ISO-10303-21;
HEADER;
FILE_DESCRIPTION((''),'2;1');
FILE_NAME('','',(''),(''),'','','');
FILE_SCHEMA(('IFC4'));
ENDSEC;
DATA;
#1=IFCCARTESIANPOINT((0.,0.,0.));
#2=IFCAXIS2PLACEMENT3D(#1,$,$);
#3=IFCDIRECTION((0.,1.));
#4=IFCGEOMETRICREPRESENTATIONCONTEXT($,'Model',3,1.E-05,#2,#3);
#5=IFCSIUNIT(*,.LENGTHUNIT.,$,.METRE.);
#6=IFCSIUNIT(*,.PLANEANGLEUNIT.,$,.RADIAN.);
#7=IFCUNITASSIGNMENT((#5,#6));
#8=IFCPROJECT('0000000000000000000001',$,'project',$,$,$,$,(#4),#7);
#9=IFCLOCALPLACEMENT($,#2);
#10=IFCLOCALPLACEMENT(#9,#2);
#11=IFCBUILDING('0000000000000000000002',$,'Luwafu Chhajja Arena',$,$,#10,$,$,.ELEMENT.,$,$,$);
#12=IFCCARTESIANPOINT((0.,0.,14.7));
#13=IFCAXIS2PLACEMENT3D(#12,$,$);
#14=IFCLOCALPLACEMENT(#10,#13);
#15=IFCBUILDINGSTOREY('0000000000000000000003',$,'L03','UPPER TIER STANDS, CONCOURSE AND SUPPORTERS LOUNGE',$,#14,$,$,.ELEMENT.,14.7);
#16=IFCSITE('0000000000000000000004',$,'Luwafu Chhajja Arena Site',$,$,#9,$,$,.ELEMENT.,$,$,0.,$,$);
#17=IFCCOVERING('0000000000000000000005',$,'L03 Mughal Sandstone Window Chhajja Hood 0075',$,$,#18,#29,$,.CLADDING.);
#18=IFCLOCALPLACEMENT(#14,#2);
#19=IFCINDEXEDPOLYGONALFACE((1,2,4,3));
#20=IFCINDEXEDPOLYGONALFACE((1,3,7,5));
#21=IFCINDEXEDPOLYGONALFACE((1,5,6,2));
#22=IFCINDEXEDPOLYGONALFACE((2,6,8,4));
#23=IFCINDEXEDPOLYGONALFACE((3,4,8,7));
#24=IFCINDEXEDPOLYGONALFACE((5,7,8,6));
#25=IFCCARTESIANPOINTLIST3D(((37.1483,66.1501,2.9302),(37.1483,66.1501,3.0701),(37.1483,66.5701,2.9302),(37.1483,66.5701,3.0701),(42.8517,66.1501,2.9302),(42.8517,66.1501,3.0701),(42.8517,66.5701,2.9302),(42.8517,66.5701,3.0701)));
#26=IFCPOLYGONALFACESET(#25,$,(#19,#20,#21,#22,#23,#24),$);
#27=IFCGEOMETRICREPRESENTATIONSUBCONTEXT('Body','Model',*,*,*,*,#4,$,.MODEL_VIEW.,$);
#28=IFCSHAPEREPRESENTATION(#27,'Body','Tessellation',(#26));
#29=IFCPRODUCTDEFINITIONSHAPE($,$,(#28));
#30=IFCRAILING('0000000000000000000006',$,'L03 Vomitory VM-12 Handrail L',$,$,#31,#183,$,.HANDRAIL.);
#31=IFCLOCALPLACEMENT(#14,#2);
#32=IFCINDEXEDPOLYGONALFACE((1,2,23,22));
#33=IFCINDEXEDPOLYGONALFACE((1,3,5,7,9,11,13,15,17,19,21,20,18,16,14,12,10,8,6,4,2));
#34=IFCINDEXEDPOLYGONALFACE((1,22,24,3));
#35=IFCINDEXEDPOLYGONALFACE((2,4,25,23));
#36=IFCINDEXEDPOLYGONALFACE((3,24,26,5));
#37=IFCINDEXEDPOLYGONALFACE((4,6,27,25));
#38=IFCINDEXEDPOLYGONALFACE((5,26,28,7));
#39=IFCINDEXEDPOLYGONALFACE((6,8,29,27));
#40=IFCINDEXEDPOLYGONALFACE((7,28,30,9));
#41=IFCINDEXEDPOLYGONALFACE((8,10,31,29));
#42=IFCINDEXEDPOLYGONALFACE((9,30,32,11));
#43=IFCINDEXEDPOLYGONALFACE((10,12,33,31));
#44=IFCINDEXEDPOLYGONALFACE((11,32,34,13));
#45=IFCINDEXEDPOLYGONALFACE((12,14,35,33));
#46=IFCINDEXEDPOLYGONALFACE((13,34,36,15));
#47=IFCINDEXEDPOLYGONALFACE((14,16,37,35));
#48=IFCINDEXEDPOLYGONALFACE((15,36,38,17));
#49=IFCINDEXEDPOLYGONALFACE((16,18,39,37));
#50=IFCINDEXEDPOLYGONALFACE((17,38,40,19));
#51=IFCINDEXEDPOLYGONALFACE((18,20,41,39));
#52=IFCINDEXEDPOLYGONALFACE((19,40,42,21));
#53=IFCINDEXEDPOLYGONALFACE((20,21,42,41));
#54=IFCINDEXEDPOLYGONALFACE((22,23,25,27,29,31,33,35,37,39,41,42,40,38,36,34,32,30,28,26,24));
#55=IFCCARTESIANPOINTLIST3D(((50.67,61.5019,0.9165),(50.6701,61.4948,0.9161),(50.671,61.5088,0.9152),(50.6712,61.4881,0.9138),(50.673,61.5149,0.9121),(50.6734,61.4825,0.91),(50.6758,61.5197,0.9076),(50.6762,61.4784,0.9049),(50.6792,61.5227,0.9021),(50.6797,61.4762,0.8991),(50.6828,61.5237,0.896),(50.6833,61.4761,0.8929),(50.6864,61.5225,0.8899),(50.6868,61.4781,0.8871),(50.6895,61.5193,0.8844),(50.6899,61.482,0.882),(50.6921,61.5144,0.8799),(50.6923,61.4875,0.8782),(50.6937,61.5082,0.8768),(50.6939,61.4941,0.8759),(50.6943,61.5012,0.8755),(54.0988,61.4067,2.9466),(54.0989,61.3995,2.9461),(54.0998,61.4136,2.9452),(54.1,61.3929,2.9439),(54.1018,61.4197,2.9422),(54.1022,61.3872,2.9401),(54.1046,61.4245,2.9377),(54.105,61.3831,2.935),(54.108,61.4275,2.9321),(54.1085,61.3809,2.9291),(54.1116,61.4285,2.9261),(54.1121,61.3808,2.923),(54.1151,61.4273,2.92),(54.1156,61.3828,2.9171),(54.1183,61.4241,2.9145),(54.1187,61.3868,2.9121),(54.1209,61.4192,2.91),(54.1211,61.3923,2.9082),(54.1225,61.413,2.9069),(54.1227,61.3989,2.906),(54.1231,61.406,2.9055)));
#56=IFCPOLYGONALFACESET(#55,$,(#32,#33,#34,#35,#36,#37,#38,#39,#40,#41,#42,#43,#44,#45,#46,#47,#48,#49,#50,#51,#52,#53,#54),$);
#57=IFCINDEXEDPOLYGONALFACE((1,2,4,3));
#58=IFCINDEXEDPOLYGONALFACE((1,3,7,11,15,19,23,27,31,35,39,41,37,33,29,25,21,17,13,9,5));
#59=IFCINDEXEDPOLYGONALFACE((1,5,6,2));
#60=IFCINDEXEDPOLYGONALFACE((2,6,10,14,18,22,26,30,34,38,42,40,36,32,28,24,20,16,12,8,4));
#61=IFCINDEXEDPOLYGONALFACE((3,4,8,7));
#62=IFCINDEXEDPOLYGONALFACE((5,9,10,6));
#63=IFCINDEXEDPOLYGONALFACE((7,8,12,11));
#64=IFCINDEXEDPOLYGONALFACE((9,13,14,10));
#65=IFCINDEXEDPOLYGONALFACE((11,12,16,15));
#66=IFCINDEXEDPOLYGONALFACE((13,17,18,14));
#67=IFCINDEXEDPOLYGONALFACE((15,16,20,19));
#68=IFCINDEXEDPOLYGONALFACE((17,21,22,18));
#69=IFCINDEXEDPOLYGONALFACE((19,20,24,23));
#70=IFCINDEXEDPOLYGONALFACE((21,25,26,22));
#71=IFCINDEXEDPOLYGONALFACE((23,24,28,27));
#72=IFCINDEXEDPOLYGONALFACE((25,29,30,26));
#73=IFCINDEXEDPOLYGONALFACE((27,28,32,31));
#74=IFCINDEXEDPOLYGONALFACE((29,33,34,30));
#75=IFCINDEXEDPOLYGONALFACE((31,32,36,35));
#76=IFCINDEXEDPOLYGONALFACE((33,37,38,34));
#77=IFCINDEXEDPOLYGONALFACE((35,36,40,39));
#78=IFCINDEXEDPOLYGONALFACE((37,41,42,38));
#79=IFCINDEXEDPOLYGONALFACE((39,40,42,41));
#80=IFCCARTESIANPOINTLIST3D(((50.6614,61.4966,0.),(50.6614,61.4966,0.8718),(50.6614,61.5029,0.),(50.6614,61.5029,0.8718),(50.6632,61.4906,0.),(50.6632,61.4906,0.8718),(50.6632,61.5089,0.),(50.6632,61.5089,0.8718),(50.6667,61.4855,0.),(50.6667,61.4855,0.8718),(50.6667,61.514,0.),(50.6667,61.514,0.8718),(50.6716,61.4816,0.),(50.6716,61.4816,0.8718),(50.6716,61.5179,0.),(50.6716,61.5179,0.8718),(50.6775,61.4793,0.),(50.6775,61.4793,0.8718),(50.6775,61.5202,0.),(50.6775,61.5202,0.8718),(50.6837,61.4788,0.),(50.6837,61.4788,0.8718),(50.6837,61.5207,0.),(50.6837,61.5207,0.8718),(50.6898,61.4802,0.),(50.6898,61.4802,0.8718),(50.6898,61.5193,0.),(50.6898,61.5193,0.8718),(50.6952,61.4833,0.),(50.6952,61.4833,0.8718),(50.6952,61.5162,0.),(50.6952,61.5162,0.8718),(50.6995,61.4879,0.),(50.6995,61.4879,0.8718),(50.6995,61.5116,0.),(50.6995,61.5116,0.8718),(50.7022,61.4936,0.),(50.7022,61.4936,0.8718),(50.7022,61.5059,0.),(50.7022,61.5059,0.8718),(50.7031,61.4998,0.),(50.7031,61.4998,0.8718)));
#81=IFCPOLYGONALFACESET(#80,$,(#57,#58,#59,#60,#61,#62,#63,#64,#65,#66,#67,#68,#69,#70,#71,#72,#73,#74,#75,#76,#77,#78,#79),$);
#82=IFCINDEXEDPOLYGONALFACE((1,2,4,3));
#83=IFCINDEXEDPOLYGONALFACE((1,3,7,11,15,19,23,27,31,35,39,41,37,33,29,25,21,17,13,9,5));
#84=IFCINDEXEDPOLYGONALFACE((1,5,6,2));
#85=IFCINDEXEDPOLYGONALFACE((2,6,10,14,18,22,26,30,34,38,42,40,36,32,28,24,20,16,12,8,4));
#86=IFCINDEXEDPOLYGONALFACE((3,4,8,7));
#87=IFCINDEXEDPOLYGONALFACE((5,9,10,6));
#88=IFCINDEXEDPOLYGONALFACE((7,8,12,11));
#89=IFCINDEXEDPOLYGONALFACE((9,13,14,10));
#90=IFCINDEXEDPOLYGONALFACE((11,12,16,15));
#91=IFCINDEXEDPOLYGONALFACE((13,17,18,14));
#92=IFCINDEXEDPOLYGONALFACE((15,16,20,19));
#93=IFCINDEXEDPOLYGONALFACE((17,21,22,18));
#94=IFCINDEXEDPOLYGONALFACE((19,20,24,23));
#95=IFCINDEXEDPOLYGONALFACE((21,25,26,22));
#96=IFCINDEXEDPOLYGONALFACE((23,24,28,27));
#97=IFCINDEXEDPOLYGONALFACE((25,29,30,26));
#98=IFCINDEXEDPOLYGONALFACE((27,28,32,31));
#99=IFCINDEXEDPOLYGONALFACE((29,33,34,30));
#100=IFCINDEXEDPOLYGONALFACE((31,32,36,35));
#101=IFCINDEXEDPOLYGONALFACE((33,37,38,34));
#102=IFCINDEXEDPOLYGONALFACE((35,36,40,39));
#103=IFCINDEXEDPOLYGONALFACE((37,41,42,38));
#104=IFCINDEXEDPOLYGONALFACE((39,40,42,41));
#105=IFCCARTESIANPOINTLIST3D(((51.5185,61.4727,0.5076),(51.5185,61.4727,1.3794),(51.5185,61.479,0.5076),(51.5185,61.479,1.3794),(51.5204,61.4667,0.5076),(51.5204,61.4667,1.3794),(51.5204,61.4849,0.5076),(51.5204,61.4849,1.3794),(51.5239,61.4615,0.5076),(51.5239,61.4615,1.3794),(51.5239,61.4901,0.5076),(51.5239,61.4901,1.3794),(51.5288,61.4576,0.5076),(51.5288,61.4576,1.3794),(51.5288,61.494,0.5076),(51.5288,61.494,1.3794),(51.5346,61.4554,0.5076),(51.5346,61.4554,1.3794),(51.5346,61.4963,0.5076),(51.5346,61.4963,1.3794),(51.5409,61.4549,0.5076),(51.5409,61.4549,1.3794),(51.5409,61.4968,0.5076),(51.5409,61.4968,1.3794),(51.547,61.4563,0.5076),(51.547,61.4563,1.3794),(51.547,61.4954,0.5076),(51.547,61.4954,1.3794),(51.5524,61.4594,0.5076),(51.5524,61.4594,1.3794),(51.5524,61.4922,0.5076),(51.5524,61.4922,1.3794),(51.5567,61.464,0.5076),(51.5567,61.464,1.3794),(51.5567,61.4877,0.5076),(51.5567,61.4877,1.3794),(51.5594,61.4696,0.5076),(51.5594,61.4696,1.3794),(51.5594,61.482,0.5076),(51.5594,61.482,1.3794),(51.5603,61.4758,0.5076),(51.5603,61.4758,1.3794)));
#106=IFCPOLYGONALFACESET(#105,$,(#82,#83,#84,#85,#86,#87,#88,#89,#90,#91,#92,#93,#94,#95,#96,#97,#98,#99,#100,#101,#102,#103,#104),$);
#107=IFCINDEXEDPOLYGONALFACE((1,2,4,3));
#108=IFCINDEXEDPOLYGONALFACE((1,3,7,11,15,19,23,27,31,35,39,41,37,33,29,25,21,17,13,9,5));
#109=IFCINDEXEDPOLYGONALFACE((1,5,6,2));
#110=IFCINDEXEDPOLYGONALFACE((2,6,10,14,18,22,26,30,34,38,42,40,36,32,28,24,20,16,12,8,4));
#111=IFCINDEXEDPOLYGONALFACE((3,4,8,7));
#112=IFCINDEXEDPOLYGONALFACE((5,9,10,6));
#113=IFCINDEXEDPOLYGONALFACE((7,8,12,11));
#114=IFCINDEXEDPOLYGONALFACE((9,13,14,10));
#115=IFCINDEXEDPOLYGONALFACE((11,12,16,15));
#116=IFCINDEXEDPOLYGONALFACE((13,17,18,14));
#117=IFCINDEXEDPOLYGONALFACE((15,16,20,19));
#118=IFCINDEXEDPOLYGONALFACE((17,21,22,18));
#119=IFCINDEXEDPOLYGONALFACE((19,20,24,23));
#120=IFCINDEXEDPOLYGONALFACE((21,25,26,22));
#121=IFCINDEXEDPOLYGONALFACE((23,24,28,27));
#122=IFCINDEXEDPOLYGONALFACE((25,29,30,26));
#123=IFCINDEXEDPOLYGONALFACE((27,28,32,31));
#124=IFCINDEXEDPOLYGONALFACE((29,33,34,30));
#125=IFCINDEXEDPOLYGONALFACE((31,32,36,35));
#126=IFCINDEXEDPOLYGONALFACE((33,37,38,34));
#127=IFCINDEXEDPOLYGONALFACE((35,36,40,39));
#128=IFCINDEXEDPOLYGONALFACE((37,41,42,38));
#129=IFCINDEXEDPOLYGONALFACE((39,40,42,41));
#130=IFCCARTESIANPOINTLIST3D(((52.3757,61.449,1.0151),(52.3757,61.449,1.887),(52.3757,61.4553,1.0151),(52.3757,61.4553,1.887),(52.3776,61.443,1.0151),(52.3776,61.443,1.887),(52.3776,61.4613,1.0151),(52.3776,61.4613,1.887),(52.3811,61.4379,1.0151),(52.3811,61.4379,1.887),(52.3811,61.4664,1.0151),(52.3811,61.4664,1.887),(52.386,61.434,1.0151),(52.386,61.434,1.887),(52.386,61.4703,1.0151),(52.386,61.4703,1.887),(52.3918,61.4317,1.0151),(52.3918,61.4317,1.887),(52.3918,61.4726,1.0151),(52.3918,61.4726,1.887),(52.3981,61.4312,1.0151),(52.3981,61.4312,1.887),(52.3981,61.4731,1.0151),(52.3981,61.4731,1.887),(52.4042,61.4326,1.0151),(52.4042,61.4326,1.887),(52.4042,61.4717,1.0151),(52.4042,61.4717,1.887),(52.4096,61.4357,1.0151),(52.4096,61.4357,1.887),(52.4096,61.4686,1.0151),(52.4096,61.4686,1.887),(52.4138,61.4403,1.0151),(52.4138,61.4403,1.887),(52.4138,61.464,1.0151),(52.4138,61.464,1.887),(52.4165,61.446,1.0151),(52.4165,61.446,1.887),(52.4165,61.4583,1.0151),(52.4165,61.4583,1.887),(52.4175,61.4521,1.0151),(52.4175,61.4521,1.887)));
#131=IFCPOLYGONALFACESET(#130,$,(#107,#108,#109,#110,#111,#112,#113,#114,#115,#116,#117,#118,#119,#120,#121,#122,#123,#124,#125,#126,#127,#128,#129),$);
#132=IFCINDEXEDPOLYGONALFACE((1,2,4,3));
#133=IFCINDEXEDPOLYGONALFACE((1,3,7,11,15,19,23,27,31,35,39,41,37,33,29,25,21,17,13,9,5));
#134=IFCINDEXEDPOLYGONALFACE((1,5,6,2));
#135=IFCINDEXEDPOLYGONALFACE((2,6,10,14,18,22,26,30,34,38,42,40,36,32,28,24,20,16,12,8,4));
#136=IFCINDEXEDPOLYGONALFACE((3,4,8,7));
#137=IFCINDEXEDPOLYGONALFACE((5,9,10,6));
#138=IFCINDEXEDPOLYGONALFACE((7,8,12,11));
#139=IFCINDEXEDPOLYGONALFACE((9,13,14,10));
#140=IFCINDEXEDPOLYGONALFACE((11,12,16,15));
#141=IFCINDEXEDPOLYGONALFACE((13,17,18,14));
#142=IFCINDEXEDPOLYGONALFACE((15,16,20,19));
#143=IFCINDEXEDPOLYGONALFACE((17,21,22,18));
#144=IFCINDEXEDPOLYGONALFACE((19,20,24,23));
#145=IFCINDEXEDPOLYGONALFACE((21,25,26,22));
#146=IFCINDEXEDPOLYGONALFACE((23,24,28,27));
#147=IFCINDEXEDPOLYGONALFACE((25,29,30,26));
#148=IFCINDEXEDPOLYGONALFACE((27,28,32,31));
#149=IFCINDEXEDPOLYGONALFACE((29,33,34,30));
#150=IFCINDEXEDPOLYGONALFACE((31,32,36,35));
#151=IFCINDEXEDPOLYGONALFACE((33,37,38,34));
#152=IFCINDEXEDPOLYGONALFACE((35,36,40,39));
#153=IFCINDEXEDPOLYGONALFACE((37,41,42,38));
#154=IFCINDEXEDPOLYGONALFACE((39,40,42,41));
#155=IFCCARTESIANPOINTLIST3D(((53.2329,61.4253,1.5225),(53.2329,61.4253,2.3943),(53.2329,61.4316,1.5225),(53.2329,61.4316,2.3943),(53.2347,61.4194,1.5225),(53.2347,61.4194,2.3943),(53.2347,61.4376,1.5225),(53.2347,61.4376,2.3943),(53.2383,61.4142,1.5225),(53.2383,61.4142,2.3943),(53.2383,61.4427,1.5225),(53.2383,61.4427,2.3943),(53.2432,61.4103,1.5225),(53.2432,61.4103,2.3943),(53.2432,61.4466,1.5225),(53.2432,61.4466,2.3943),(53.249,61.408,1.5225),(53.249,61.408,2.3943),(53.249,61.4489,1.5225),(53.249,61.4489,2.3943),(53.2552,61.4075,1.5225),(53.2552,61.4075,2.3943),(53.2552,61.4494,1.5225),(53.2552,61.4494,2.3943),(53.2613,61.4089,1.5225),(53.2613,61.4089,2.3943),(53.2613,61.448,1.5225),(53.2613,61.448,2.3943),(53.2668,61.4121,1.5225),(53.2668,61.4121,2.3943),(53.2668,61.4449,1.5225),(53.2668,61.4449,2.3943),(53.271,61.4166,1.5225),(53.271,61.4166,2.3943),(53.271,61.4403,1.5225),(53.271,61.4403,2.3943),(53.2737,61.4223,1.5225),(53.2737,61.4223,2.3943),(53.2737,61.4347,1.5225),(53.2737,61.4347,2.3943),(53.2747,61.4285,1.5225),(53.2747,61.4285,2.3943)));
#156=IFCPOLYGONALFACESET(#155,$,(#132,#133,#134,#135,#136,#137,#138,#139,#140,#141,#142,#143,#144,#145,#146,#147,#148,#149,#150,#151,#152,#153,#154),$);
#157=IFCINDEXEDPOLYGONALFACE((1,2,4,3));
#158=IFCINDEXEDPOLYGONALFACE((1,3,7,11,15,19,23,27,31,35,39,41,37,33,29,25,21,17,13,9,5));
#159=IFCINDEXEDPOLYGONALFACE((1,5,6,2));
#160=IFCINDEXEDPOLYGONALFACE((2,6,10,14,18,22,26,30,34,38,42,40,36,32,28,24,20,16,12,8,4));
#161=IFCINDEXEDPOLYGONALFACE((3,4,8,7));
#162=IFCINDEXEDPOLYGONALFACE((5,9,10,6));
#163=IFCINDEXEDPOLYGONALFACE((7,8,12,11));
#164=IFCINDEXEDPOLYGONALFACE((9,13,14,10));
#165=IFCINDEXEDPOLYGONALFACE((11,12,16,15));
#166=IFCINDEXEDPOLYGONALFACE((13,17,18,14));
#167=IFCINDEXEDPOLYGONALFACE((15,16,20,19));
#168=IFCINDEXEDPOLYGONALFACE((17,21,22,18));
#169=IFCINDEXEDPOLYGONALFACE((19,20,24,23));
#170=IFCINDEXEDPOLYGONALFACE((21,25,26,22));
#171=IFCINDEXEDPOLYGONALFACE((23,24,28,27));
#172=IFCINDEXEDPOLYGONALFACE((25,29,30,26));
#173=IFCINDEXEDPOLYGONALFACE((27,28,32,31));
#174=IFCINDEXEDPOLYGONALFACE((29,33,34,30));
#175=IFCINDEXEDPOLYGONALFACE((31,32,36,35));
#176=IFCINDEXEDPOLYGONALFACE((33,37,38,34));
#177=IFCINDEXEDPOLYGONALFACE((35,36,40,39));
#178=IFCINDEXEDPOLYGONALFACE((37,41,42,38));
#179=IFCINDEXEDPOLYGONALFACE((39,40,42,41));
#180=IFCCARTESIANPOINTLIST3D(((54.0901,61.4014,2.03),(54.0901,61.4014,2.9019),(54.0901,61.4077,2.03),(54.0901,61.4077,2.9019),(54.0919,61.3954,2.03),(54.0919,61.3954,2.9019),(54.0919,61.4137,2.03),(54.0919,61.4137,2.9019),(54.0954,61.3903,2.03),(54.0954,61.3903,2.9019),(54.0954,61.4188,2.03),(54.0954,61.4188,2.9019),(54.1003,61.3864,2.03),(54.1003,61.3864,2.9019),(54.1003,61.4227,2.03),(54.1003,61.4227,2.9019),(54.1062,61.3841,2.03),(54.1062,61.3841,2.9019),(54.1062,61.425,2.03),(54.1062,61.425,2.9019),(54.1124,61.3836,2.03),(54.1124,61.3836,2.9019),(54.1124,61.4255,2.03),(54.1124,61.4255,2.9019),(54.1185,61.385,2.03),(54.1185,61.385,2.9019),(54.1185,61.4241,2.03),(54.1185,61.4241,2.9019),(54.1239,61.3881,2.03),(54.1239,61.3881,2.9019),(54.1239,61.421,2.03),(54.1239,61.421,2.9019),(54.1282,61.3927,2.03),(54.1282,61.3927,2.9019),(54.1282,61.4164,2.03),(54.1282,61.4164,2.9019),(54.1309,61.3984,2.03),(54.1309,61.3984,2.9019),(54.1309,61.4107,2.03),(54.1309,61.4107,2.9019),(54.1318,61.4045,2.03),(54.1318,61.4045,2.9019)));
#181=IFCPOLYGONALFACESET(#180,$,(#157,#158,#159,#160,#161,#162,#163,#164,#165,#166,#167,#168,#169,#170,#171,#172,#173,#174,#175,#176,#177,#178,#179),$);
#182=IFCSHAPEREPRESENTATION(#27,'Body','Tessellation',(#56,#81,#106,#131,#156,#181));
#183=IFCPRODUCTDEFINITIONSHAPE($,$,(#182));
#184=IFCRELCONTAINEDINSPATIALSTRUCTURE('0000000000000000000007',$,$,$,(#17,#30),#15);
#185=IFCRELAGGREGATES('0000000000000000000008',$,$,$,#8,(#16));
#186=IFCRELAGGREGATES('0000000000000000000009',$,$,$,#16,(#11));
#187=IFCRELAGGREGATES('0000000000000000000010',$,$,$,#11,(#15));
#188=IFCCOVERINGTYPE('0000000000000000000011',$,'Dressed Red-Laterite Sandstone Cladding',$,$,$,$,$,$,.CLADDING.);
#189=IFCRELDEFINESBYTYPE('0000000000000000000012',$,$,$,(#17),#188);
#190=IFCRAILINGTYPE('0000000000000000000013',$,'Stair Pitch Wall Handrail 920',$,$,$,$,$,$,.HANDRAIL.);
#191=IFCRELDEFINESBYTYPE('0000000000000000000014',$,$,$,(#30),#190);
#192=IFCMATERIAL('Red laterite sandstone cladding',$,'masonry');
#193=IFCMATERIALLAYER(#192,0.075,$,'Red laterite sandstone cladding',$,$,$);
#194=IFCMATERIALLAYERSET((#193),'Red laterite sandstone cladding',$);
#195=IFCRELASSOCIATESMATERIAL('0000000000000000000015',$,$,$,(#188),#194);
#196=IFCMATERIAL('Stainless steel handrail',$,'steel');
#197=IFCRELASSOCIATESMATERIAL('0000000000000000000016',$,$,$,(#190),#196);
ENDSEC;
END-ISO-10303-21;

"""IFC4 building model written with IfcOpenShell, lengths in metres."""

from ifc_helpers import new_model, si_unit, direction, frame, origin, origin_2d, place, context, subcontext, project, spatial, rectangle, circle, extrude, material, layer, layer_set, type_object, element, save


model = new_model("IFC4")

# Units and contexts
model_context = context("Model", 3, precision=1e-05, world=origin(), true_north=direction((0.0, 1.0)))
body_context = subcontext(model_context, "Body", "Model", "MODEL_VIEW")
ifc_project = project(units=[si_unit("LENGTHUNIT", "METRE"), si_unit("PLANEANGLEUNIT", "RADIAN")], contexts=[model_context])

# Site, building, storey
site_placement = place(None, origin())
site = spatial("IfcSite", under=ifc_project, at=site_placement, Name="Luwafu Chhajja Arena Site", CompositionType="ELEMENT", RefElevation=0.0)
building_placement = place(site_placement, origin())
building = spatial("IfcBuilding", under=site, at=building_placement, Name="Luwafu Chhajja Arena", CompositionType="ELEMENT")
storey_placement = place(building_placement, frame((0.0, 0.0, 14.7)))
storey = spatial("IfcBuildingStorey", under=building, at=storey_placement, Name="L03", Description="UPPER TIER STANDS, CONCOURSE AND SUPPORTERS LOUNGE", CompositionType="ELEMENT", Elevation=14.7)

# Covering
ifc_material_1 = material(Name="Red laterite sandstone cladding", Category="masonry")
ifc_layer_1 = layer(ifc_material_1, 0.075, Name="Red laterite sandstone cladding")
ifc_layer_set_1 = layer_set([ifc_layer_1], Name="Red laterite sandstone cladding")
covering_type = type_object("IfcCoveringType", Name="Dressed Red-Laterite Sandstone Cladding", PredefinedType="CLADDING", material=ifc_layer_set_1)
covering_1_placement = place(storey_placement, frame((40.0, 66.3601, 2.9302), z_axis=(0.0, 0.0, 1.0), x_axis=(1.0, 0.0, 0.0)))
element("IfcCovering", 1, at=covering_1_placement, inside=storey, type_object=covering_type, Name="L03 Mughal Sandstone Window Chhajja Hood 0075", PredefinedType="CLADDING", context=body_context, shape_type="SweptSolid", body=[
    extrude(rectangle(XDim=5.7034, YDim=0.4199, at=origin_2d()), origin(), (0.0, 0.0, 1.0), 0.1399),
])

# Railing
ifc_material_2 = material(Name="Stainless steel handrail", Category="steel")
railing_type_1 = type_object("IfcRailingType", Name="Stair Pitch Wall Handrail 920", PredefinedType="HANDRAIL", material=ifc_material_2)
for number, where, name in (
    (2, (50.6821, 61.4998, 0.0), "L03 Vomitory VM-12 Handrail L"),
):
    element("IfcRailing", number, at=place(storey_placement, frame(where)), inside=storey, type_object=railing_type_1, Name=name, PredefinedType="HANDRAIL", context=body_context, shape_type="SweptSolid", body=[
        extrude(circle(Radius=0.0239, at=origin_2d()), frame((0.0, 0.0, 0.896), z_axis=(0.860244, -0.023889, 0.509323), x_axis=(0.027759, 0.999615, 0.0)), (0.0, 0.0, 1.0), 3.9858),
        extrude(circle(Radius=0.021, at=origin_2d()), origin(), (0.0, 0.0, 1.0), 0.8718),
        extrude(circle(Radius=0.021, at=origin_2d()), frame((0.8572, -0.0239, 0.5076)), (0.0, 0.0, 1.0), 0.8718),
        extrude(circle(Radius=0.021, at=origin_2d()), frame((1.7144, -0.0476, 1.0151)), (0.0, 0.0, 1.0), 0.8718),
        extrude(circle(Radius=0.021, at=origin_2d()), frame((2.5715, -0.0713, 1.5225)), (0.0, 0.0, 1.0), 0.8718),
        extrude(circle(Radius=0.021, at=origin_2d()), frame((3.4287, -0.0952, 2.03)), (0.0, 0.0, 1.0), 0.8718),
    ])

save(model, "model.ifc")
